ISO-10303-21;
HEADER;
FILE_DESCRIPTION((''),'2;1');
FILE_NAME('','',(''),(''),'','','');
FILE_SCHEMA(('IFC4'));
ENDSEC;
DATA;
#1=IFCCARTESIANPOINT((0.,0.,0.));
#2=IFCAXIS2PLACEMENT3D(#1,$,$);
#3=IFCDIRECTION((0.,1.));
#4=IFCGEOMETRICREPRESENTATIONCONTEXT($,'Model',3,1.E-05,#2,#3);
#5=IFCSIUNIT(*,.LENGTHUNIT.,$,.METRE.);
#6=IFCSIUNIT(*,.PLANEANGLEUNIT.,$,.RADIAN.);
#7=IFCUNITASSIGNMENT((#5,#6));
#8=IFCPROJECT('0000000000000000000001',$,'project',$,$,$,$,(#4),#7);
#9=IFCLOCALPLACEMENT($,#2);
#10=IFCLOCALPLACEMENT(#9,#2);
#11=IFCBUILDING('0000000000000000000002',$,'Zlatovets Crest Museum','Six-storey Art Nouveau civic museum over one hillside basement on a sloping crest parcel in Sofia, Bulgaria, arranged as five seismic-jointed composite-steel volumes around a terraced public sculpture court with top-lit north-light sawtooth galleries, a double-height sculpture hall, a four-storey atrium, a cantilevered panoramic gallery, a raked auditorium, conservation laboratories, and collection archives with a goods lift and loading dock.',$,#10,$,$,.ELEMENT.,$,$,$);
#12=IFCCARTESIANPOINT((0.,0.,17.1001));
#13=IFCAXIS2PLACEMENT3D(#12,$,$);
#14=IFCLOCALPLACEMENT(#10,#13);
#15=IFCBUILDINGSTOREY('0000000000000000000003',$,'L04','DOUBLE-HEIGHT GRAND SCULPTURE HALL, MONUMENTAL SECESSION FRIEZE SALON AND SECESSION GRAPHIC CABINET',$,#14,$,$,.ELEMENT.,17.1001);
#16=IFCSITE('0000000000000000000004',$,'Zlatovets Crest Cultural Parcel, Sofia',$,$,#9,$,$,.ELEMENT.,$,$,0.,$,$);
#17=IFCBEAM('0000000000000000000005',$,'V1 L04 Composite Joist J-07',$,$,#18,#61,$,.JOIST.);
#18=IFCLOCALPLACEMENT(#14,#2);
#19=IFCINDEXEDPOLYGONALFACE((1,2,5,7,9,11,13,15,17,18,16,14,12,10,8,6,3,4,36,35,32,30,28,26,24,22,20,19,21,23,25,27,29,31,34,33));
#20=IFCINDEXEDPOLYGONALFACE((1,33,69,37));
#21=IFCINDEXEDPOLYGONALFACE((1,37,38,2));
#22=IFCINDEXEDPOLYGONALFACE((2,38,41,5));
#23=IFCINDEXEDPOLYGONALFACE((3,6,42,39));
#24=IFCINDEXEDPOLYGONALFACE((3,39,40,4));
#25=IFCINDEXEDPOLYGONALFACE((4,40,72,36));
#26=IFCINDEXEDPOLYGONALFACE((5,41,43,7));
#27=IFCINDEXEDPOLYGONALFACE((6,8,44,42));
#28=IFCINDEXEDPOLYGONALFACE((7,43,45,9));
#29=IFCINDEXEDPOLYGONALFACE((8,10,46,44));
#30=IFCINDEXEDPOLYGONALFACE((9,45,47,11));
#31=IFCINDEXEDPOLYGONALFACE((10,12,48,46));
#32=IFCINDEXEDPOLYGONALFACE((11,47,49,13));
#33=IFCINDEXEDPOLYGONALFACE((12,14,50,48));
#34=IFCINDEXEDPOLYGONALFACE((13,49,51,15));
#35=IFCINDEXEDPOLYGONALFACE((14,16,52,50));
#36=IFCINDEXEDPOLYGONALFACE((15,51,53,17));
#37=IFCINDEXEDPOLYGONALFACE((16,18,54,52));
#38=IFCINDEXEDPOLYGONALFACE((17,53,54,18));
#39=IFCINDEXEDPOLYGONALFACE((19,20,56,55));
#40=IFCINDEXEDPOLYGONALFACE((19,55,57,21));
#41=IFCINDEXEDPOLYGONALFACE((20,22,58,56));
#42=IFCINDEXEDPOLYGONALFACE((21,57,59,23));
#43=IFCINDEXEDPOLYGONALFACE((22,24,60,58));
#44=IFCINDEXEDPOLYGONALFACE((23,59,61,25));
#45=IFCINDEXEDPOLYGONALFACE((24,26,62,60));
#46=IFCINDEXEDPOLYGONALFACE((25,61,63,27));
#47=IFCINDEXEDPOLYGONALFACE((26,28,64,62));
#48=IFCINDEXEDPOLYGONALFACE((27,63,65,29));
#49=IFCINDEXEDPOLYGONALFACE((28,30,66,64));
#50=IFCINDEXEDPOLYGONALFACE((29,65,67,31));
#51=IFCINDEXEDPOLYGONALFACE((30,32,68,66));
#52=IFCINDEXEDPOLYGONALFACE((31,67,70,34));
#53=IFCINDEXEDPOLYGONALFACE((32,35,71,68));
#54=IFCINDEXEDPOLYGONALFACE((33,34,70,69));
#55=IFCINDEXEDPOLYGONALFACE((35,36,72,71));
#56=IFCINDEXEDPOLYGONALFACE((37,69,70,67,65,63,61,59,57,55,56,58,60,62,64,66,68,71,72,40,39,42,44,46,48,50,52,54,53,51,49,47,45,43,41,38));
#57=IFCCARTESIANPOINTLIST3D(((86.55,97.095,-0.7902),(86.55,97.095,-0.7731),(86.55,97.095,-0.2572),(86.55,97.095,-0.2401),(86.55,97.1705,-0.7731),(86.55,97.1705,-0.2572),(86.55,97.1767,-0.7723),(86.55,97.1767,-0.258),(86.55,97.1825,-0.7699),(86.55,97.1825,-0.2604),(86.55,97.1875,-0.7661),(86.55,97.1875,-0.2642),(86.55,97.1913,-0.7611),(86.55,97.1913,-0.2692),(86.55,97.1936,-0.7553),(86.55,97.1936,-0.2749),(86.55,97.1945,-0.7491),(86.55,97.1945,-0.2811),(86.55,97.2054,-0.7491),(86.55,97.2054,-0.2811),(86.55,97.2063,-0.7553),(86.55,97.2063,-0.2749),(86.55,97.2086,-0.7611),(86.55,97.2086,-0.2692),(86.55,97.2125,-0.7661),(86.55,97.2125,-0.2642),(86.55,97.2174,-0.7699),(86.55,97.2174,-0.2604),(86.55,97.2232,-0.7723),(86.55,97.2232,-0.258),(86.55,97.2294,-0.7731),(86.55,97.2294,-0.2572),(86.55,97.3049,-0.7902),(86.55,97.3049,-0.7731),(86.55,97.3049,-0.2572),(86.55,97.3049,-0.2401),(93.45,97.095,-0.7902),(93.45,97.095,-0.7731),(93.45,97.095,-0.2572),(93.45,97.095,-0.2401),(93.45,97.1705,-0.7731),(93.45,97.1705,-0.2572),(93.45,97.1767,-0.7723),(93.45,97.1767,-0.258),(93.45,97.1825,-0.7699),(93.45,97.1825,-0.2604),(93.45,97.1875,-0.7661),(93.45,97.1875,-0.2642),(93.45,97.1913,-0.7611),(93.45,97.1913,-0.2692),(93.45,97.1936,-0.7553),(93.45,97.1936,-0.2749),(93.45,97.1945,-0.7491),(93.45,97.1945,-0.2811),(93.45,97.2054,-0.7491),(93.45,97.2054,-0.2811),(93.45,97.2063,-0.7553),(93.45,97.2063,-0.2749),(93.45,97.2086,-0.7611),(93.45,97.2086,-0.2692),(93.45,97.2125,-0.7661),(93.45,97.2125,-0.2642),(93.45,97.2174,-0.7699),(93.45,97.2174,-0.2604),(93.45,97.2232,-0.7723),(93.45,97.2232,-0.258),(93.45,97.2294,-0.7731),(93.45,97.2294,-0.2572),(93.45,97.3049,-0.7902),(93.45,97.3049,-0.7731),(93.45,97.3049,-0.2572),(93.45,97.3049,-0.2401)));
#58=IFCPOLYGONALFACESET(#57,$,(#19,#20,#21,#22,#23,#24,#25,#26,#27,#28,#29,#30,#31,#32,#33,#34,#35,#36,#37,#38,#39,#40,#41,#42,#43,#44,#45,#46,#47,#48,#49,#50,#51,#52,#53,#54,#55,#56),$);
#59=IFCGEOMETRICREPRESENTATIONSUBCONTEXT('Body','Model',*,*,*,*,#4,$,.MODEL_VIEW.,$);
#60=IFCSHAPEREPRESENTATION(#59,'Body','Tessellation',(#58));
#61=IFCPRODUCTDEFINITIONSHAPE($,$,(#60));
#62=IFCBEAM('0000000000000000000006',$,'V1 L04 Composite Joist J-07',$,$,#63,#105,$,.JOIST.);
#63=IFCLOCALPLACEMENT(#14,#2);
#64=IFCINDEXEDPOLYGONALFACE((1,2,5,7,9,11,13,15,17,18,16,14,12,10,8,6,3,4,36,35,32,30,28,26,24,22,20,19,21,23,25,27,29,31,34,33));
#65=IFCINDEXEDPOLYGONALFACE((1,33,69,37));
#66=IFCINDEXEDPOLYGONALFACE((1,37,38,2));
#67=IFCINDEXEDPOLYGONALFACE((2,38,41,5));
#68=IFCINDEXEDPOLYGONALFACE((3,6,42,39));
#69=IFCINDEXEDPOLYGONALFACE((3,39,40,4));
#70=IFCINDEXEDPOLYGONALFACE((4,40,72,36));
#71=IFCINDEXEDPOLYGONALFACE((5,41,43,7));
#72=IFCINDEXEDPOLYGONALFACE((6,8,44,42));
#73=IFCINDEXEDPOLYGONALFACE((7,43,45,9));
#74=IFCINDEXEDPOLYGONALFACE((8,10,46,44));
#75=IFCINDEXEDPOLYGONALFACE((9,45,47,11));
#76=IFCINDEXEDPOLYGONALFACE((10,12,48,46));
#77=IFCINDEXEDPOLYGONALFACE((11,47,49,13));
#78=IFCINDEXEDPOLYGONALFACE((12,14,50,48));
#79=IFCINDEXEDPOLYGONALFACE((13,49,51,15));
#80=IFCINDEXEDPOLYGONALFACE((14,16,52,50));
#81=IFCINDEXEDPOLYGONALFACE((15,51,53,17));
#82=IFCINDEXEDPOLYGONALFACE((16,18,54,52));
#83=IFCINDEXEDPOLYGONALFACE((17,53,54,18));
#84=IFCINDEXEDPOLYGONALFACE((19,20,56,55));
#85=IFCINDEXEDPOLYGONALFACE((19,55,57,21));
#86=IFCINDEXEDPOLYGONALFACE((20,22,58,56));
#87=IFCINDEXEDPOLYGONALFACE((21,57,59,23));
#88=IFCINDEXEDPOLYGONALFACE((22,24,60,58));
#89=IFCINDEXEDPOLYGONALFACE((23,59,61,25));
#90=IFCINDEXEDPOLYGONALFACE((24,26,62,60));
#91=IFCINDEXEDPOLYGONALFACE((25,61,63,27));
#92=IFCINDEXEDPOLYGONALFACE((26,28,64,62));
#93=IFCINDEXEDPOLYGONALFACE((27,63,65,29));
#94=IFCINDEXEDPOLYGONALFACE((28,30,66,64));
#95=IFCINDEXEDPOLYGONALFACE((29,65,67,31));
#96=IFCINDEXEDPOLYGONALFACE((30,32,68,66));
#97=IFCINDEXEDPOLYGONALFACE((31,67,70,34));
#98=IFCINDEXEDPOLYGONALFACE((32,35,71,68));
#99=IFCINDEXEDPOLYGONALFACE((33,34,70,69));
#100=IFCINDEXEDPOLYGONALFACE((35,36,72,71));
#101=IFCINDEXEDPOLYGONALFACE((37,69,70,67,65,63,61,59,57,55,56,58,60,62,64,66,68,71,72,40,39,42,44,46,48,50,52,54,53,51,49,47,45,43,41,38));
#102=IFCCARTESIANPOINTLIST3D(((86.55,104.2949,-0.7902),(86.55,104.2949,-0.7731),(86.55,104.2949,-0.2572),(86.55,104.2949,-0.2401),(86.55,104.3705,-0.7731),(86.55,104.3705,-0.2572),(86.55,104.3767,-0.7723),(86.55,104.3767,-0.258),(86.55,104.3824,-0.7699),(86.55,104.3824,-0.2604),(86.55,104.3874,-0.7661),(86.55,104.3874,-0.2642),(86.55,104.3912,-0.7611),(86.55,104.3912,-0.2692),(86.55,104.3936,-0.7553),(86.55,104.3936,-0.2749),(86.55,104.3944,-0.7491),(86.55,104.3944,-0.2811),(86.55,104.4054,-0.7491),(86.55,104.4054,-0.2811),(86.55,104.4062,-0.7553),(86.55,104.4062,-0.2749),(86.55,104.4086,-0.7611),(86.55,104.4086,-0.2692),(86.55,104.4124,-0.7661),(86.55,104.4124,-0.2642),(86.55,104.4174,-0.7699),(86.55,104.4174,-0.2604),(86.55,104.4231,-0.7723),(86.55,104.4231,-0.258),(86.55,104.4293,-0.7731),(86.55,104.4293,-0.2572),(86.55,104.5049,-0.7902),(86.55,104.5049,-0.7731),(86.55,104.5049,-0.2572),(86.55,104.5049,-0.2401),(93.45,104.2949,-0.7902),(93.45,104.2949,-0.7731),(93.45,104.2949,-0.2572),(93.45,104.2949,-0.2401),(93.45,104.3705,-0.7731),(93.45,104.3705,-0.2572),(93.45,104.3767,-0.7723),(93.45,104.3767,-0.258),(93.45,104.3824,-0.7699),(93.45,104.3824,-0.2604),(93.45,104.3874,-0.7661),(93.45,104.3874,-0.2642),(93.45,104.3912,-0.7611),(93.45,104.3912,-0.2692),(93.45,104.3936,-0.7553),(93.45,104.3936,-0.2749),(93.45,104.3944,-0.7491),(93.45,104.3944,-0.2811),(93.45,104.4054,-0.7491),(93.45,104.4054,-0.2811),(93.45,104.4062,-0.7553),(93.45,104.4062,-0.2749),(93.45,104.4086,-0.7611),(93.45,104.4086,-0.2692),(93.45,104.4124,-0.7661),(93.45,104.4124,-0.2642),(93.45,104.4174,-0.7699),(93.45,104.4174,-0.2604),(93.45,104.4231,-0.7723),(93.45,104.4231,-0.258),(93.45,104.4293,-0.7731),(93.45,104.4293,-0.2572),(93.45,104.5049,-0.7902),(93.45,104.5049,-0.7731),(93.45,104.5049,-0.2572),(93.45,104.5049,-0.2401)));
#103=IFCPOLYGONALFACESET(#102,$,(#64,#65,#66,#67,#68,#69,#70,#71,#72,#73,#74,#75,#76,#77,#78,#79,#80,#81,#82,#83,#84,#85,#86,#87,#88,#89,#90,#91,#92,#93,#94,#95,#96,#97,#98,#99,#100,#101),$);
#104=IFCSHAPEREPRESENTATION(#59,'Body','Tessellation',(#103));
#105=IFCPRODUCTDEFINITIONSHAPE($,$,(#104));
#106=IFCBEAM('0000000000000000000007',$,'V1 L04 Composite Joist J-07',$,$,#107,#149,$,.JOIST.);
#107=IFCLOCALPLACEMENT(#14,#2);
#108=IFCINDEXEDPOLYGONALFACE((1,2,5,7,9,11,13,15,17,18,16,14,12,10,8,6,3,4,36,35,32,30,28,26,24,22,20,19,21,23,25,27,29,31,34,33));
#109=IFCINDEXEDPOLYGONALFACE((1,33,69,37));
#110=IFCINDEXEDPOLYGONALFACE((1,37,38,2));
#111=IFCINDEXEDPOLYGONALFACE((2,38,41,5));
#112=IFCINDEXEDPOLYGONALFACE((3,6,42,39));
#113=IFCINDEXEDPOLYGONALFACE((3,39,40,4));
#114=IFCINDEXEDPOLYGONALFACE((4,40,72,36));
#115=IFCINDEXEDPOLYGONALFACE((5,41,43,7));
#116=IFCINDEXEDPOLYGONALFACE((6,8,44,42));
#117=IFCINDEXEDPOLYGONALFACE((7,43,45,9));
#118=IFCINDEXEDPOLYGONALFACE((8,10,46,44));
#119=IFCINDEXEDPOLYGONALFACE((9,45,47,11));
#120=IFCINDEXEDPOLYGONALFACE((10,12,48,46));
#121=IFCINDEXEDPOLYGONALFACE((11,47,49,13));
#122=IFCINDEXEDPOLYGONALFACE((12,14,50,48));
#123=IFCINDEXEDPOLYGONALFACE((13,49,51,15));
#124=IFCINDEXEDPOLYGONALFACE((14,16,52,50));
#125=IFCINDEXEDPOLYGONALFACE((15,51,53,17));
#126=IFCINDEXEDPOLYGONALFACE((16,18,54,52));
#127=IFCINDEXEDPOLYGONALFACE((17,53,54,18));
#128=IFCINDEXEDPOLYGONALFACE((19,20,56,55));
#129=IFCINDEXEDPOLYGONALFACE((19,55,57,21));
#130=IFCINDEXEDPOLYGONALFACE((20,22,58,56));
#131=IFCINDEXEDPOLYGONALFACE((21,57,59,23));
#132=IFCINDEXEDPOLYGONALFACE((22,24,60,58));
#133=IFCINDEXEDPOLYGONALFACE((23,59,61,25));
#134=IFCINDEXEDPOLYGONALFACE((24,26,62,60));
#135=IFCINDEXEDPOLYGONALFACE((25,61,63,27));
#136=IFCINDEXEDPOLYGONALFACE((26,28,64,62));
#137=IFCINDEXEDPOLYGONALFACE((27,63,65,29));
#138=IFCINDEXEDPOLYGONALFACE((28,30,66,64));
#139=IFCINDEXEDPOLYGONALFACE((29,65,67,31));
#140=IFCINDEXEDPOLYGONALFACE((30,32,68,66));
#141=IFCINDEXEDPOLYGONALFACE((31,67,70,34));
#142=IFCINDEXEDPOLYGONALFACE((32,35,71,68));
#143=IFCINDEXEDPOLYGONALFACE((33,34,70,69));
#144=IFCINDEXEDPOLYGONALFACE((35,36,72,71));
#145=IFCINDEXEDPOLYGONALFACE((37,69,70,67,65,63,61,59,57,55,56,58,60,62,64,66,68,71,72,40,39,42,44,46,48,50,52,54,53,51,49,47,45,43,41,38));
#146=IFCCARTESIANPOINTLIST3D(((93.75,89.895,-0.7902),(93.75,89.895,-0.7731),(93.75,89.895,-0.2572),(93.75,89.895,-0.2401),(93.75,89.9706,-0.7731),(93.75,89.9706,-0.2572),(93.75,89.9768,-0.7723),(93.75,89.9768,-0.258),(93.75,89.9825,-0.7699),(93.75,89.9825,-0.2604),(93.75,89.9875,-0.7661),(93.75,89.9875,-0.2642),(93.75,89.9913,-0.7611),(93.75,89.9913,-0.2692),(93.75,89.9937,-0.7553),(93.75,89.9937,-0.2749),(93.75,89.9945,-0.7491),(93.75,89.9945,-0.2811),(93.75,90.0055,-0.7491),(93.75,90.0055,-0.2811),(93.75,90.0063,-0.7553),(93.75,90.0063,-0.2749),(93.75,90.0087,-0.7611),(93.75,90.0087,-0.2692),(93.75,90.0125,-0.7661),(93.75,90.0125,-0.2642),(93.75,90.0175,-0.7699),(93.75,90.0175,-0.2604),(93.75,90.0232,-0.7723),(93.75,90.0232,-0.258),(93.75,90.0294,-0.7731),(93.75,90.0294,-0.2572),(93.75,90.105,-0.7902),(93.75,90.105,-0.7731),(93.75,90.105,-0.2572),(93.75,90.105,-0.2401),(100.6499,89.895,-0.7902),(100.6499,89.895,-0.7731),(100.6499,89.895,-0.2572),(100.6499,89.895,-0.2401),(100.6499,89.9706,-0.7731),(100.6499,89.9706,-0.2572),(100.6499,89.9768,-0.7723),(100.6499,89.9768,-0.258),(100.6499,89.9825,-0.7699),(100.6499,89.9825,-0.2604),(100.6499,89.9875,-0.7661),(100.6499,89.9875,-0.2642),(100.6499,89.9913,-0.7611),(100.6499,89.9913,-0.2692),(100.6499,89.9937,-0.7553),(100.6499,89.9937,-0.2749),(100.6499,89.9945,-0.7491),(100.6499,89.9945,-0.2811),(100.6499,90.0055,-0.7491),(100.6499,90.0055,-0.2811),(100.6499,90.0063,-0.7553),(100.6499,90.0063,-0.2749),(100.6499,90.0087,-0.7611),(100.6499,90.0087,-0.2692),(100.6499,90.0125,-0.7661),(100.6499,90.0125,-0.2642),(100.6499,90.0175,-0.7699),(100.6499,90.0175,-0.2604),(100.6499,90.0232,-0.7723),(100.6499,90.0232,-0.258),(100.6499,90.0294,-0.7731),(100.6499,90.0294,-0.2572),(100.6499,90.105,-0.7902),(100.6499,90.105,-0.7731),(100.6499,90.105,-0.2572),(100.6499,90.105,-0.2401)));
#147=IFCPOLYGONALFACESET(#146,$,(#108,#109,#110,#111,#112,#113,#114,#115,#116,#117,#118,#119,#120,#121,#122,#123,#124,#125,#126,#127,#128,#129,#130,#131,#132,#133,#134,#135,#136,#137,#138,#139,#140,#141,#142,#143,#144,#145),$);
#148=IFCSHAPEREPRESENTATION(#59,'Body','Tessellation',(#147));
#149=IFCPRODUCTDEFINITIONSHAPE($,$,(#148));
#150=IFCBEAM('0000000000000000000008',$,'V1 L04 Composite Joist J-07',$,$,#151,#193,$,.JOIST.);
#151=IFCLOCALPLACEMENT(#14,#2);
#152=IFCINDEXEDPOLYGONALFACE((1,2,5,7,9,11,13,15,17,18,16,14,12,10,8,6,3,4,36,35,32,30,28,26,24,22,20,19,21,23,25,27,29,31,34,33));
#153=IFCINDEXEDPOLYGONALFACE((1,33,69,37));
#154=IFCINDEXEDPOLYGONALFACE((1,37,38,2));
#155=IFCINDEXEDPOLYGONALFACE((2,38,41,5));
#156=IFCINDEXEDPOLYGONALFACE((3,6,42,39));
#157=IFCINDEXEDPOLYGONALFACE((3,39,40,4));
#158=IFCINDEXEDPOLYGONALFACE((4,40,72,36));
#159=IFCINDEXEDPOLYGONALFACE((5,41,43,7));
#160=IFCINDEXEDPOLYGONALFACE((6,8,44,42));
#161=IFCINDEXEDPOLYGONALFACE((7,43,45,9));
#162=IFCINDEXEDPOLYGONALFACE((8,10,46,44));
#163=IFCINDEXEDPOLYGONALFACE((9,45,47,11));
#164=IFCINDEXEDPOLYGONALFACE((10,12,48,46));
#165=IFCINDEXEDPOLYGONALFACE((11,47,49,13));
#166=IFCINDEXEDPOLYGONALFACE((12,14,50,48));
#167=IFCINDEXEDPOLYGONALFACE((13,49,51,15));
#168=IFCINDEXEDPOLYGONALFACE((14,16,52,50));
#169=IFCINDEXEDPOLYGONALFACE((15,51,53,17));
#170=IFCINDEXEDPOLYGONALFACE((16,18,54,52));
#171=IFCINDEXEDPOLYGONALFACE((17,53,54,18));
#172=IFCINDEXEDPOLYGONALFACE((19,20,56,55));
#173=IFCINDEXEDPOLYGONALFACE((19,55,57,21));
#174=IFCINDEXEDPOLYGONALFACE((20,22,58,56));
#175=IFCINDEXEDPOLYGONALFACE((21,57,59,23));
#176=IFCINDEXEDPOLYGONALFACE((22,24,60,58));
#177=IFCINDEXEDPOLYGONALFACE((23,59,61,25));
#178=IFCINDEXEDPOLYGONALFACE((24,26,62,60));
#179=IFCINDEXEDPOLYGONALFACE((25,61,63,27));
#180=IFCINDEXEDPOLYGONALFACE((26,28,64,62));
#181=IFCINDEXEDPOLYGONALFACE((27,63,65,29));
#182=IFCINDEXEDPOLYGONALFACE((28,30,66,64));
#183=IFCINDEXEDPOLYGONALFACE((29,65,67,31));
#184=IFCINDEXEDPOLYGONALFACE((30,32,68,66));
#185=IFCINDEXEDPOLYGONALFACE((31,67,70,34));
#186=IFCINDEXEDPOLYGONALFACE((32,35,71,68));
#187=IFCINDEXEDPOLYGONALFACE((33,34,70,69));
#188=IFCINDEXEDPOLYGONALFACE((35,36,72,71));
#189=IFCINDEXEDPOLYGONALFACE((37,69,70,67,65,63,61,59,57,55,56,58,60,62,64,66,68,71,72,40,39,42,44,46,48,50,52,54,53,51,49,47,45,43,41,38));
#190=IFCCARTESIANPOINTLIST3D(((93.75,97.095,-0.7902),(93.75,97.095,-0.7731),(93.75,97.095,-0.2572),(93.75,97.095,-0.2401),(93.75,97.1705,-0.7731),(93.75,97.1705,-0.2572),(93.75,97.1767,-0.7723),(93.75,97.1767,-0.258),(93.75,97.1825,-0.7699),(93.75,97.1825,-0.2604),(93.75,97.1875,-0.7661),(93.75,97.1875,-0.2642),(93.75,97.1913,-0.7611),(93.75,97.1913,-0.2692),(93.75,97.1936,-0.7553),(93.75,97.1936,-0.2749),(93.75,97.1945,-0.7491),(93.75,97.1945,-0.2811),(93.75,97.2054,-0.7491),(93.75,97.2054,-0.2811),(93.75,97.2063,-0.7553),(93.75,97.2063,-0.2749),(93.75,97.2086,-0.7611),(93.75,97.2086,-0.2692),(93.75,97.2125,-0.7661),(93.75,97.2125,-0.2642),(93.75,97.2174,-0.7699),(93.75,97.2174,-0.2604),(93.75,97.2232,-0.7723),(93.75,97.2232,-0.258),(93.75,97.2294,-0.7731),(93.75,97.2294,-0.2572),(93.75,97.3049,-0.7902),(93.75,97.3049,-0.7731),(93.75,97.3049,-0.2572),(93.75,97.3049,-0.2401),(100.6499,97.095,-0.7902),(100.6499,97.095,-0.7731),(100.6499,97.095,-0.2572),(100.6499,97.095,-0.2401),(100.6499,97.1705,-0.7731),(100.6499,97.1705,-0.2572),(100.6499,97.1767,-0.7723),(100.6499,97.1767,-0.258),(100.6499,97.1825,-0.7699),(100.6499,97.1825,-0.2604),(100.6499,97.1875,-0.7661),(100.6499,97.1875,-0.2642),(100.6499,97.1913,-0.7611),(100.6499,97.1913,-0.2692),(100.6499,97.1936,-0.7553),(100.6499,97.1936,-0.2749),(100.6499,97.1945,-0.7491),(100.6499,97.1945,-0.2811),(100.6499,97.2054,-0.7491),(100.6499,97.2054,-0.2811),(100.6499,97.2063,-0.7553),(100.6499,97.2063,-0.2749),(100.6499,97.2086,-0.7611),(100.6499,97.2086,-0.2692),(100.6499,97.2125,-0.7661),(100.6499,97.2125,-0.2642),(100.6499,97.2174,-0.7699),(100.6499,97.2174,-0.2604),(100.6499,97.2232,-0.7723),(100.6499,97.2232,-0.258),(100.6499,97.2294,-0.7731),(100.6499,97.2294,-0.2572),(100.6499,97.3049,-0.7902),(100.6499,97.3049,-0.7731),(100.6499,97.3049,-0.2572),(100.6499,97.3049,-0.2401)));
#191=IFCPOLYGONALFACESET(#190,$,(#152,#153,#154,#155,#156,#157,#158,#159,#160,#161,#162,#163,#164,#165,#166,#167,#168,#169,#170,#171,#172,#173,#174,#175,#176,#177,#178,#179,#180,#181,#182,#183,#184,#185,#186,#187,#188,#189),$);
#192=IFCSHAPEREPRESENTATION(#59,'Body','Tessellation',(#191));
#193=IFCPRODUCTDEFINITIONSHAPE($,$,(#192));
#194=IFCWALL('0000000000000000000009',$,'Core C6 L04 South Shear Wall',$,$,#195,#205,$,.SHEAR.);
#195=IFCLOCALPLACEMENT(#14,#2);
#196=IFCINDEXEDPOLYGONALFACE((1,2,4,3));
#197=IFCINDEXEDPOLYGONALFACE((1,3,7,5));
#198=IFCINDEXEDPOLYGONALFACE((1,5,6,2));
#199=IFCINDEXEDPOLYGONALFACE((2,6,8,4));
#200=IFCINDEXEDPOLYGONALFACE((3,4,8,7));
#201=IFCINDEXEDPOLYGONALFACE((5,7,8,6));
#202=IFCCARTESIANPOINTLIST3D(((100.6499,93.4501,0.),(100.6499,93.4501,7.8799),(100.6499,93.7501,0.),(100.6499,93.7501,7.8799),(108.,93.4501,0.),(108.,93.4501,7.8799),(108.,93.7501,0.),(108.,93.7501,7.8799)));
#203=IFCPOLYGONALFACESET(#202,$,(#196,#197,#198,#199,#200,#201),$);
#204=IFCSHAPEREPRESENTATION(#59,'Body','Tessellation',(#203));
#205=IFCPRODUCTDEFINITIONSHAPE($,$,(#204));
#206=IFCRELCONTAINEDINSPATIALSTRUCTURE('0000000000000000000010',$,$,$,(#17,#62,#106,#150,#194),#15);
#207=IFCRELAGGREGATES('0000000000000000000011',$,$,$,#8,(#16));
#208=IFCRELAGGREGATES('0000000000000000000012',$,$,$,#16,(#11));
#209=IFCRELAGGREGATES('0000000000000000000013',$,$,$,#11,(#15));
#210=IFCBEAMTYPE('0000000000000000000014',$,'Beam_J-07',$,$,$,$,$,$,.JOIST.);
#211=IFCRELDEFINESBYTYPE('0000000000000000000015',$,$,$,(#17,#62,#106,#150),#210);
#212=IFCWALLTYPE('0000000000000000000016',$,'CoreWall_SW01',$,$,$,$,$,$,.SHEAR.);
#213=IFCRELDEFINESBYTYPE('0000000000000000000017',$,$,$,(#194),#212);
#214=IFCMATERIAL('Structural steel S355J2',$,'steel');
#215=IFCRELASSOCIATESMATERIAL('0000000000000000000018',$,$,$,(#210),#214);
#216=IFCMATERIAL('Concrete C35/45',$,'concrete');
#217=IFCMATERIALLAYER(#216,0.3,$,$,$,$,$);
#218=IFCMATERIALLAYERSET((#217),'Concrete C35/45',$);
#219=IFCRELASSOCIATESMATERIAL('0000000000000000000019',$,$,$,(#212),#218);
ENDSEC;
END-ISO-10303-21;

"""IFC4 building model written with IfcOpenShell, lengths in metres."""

from ifc_helpers import new_model, si_unit, direction, frame, frame_2d, origin, origin_2d, place, context, subcontext, project, spatial, rectangle, i_section, extrude, material, layer, layer_set, material_profile, profile_set, type_object, element, save


model = new_model("IFC4")

# Units and contexts
model_context = context("Model", 3, precision=1e-05, world=origin(), true_north=direction((0.0, 1.0)))
body_context = subcontext(model_context, "Body", "Model", "MODEL_VIEW")
ifc_project = project(units=[si_unit("LENGTHUNIT", "METRE"), si_unit("PLANEANGLEUNIT", "RADIAN")], contexts=[model_context])

# Site, building, storey
site_placement = place(None, origin())
site = spatial("IfcSite", under=ifc_project, at=site_placement, Name="Zlatovets Crest Cultural Parcel, Sofia", CompositionType="ELEMENT", RefElevation=0.0)
building_placement = place(site_placement, origin())
building = spatial("IfcBuilding", under=site, at=building_placement, Name="Zlatovets Crest Museum", Description="Six-storey Art Nouveau civic museum over one hillside basement on a sloping crest parcel in Sofia, Bulgaria, arranged as five seismic-jointed composite-steel volumes around a terraced public sculpture court with top-lit north-light sawtooth galleries, a double-height sculpture hall, a four-storey atrium, a cantilevered panoramic gallery, a raked auditorium, conservation laboratories, and collection archives with a goods lift and loading dock.", CompositionType="ELEMENT")
storey_placement = place(building_placement, frame((0.0, 0.0, 17.1001)))
storey = spatial("IfcBuildingStorey", under=building, at=storey_placement, Name="L04", Description="DOUBLE-HEIGHT GRAND SCULPTURE HALL, MONUMENTAL SECESSION FRIEZE SALON AND SECESSION GRAPHIC CABINET", CompositionType="ELEMENT", Elevation=17.1001)

# Shared definitions
ifc_material_1 = material(Name="Structural steel S355J2", Category="steel")

# Beams
ifc_material_profile_1 = material_profile(ifc_material_1, i_section(OverallWidth=0.21, OverallDepth=0.55, WebThickness=0.011, FlangeThickness=0.0171, FilletRadius=0.0239, at=origin_2d()), Name="IPE 550")
ifc_profile_set_1 = profile_set([ifc_material_profile_1], Name="Structural steel S355J2")
beam_type_1 = type_object("IfcBeamType", Name="Beam_J-07", PredefinedType="JOIST", material=ifc_profile_set_1)
for number, where, z_axis, x_axis, name in (
    (1, (86.55, 97.2, -0.5151), (1.0, 0.0, 0.0), (0.0, 1.0, 0.0), "V1 L04 Composite Joist J-07"),
    (2, (86.55, 104.3999, -0.5151), (1.0, 0.0, 0.0), (0.0, 1.0, 0.0), "V1 L04 Composite Joist J-07"),
    (3, (93.75, 90.0, -0.5151), (1.0, 0.0, 0.0), (0.0, 1.0, 0.0), "V1 L04 Composite Joist J-07"),
    (4, (93.75, 97.2, -0.5151), (1.0, 0.0, 0.0), (0.0, 1.0, 0.0), "V1 L04 Composite Joist J-07"),
):
    element("IfcBeam", number, at=place(storey_placement, frame(where, z_axis=z_axis, x_axis=x_axis)), inside=storey, type_object=beam_type_1, Name=name, PredefinedType="JOIST", context=body_context, shape_type="SweptSolid", body=[
        extrude(i_section(OverallWidth=0.21, OverallDepth=0.55, WebThickness=0.011, FlangeThickness=0.0171, FilletRadius=0.0239, at=origin_2d()), origin(), (0.0, 0.0, 1.0), 6.8999),
    ])

# Wall
ifc_material_2 = material(Name="Concrete C35/45", Category="concrete")
ifc_layer_1 = layer(ifc_material_2, 0.3)
ifc_layer_set_1 = layer_set([ifc_layer_1], Name="Concrete C35/45")
wall_type_1 = type_object("IfcWallType", Name="CoreWall_SW01", PredefinedType="SHEAR", material=ifc_layer_set_1)
wall_1_placement = place(storey_placement, frame((100.6499, 93.6001, 0.0), z_axis=(0.0, 0.0, 1.0), x_axis=(1.0, 0.0, 0.0)))
element("IfcWall", 5, at=wall_1_placement, inside=storey, type_object=wall_type_1, Name="Core C6 L04 South Shear Wall", PredefinedType="SHEAR", context=body_context, shape_type="SweptSolid", body=[
    extrude(rectangle(XDim=7.3501, YDim=0.3, at=frame_2d((3.675, 0.0))), origin(), (0.0, 0.0, 1.0), 7.8799),
])

save(model, "model.ifc")
